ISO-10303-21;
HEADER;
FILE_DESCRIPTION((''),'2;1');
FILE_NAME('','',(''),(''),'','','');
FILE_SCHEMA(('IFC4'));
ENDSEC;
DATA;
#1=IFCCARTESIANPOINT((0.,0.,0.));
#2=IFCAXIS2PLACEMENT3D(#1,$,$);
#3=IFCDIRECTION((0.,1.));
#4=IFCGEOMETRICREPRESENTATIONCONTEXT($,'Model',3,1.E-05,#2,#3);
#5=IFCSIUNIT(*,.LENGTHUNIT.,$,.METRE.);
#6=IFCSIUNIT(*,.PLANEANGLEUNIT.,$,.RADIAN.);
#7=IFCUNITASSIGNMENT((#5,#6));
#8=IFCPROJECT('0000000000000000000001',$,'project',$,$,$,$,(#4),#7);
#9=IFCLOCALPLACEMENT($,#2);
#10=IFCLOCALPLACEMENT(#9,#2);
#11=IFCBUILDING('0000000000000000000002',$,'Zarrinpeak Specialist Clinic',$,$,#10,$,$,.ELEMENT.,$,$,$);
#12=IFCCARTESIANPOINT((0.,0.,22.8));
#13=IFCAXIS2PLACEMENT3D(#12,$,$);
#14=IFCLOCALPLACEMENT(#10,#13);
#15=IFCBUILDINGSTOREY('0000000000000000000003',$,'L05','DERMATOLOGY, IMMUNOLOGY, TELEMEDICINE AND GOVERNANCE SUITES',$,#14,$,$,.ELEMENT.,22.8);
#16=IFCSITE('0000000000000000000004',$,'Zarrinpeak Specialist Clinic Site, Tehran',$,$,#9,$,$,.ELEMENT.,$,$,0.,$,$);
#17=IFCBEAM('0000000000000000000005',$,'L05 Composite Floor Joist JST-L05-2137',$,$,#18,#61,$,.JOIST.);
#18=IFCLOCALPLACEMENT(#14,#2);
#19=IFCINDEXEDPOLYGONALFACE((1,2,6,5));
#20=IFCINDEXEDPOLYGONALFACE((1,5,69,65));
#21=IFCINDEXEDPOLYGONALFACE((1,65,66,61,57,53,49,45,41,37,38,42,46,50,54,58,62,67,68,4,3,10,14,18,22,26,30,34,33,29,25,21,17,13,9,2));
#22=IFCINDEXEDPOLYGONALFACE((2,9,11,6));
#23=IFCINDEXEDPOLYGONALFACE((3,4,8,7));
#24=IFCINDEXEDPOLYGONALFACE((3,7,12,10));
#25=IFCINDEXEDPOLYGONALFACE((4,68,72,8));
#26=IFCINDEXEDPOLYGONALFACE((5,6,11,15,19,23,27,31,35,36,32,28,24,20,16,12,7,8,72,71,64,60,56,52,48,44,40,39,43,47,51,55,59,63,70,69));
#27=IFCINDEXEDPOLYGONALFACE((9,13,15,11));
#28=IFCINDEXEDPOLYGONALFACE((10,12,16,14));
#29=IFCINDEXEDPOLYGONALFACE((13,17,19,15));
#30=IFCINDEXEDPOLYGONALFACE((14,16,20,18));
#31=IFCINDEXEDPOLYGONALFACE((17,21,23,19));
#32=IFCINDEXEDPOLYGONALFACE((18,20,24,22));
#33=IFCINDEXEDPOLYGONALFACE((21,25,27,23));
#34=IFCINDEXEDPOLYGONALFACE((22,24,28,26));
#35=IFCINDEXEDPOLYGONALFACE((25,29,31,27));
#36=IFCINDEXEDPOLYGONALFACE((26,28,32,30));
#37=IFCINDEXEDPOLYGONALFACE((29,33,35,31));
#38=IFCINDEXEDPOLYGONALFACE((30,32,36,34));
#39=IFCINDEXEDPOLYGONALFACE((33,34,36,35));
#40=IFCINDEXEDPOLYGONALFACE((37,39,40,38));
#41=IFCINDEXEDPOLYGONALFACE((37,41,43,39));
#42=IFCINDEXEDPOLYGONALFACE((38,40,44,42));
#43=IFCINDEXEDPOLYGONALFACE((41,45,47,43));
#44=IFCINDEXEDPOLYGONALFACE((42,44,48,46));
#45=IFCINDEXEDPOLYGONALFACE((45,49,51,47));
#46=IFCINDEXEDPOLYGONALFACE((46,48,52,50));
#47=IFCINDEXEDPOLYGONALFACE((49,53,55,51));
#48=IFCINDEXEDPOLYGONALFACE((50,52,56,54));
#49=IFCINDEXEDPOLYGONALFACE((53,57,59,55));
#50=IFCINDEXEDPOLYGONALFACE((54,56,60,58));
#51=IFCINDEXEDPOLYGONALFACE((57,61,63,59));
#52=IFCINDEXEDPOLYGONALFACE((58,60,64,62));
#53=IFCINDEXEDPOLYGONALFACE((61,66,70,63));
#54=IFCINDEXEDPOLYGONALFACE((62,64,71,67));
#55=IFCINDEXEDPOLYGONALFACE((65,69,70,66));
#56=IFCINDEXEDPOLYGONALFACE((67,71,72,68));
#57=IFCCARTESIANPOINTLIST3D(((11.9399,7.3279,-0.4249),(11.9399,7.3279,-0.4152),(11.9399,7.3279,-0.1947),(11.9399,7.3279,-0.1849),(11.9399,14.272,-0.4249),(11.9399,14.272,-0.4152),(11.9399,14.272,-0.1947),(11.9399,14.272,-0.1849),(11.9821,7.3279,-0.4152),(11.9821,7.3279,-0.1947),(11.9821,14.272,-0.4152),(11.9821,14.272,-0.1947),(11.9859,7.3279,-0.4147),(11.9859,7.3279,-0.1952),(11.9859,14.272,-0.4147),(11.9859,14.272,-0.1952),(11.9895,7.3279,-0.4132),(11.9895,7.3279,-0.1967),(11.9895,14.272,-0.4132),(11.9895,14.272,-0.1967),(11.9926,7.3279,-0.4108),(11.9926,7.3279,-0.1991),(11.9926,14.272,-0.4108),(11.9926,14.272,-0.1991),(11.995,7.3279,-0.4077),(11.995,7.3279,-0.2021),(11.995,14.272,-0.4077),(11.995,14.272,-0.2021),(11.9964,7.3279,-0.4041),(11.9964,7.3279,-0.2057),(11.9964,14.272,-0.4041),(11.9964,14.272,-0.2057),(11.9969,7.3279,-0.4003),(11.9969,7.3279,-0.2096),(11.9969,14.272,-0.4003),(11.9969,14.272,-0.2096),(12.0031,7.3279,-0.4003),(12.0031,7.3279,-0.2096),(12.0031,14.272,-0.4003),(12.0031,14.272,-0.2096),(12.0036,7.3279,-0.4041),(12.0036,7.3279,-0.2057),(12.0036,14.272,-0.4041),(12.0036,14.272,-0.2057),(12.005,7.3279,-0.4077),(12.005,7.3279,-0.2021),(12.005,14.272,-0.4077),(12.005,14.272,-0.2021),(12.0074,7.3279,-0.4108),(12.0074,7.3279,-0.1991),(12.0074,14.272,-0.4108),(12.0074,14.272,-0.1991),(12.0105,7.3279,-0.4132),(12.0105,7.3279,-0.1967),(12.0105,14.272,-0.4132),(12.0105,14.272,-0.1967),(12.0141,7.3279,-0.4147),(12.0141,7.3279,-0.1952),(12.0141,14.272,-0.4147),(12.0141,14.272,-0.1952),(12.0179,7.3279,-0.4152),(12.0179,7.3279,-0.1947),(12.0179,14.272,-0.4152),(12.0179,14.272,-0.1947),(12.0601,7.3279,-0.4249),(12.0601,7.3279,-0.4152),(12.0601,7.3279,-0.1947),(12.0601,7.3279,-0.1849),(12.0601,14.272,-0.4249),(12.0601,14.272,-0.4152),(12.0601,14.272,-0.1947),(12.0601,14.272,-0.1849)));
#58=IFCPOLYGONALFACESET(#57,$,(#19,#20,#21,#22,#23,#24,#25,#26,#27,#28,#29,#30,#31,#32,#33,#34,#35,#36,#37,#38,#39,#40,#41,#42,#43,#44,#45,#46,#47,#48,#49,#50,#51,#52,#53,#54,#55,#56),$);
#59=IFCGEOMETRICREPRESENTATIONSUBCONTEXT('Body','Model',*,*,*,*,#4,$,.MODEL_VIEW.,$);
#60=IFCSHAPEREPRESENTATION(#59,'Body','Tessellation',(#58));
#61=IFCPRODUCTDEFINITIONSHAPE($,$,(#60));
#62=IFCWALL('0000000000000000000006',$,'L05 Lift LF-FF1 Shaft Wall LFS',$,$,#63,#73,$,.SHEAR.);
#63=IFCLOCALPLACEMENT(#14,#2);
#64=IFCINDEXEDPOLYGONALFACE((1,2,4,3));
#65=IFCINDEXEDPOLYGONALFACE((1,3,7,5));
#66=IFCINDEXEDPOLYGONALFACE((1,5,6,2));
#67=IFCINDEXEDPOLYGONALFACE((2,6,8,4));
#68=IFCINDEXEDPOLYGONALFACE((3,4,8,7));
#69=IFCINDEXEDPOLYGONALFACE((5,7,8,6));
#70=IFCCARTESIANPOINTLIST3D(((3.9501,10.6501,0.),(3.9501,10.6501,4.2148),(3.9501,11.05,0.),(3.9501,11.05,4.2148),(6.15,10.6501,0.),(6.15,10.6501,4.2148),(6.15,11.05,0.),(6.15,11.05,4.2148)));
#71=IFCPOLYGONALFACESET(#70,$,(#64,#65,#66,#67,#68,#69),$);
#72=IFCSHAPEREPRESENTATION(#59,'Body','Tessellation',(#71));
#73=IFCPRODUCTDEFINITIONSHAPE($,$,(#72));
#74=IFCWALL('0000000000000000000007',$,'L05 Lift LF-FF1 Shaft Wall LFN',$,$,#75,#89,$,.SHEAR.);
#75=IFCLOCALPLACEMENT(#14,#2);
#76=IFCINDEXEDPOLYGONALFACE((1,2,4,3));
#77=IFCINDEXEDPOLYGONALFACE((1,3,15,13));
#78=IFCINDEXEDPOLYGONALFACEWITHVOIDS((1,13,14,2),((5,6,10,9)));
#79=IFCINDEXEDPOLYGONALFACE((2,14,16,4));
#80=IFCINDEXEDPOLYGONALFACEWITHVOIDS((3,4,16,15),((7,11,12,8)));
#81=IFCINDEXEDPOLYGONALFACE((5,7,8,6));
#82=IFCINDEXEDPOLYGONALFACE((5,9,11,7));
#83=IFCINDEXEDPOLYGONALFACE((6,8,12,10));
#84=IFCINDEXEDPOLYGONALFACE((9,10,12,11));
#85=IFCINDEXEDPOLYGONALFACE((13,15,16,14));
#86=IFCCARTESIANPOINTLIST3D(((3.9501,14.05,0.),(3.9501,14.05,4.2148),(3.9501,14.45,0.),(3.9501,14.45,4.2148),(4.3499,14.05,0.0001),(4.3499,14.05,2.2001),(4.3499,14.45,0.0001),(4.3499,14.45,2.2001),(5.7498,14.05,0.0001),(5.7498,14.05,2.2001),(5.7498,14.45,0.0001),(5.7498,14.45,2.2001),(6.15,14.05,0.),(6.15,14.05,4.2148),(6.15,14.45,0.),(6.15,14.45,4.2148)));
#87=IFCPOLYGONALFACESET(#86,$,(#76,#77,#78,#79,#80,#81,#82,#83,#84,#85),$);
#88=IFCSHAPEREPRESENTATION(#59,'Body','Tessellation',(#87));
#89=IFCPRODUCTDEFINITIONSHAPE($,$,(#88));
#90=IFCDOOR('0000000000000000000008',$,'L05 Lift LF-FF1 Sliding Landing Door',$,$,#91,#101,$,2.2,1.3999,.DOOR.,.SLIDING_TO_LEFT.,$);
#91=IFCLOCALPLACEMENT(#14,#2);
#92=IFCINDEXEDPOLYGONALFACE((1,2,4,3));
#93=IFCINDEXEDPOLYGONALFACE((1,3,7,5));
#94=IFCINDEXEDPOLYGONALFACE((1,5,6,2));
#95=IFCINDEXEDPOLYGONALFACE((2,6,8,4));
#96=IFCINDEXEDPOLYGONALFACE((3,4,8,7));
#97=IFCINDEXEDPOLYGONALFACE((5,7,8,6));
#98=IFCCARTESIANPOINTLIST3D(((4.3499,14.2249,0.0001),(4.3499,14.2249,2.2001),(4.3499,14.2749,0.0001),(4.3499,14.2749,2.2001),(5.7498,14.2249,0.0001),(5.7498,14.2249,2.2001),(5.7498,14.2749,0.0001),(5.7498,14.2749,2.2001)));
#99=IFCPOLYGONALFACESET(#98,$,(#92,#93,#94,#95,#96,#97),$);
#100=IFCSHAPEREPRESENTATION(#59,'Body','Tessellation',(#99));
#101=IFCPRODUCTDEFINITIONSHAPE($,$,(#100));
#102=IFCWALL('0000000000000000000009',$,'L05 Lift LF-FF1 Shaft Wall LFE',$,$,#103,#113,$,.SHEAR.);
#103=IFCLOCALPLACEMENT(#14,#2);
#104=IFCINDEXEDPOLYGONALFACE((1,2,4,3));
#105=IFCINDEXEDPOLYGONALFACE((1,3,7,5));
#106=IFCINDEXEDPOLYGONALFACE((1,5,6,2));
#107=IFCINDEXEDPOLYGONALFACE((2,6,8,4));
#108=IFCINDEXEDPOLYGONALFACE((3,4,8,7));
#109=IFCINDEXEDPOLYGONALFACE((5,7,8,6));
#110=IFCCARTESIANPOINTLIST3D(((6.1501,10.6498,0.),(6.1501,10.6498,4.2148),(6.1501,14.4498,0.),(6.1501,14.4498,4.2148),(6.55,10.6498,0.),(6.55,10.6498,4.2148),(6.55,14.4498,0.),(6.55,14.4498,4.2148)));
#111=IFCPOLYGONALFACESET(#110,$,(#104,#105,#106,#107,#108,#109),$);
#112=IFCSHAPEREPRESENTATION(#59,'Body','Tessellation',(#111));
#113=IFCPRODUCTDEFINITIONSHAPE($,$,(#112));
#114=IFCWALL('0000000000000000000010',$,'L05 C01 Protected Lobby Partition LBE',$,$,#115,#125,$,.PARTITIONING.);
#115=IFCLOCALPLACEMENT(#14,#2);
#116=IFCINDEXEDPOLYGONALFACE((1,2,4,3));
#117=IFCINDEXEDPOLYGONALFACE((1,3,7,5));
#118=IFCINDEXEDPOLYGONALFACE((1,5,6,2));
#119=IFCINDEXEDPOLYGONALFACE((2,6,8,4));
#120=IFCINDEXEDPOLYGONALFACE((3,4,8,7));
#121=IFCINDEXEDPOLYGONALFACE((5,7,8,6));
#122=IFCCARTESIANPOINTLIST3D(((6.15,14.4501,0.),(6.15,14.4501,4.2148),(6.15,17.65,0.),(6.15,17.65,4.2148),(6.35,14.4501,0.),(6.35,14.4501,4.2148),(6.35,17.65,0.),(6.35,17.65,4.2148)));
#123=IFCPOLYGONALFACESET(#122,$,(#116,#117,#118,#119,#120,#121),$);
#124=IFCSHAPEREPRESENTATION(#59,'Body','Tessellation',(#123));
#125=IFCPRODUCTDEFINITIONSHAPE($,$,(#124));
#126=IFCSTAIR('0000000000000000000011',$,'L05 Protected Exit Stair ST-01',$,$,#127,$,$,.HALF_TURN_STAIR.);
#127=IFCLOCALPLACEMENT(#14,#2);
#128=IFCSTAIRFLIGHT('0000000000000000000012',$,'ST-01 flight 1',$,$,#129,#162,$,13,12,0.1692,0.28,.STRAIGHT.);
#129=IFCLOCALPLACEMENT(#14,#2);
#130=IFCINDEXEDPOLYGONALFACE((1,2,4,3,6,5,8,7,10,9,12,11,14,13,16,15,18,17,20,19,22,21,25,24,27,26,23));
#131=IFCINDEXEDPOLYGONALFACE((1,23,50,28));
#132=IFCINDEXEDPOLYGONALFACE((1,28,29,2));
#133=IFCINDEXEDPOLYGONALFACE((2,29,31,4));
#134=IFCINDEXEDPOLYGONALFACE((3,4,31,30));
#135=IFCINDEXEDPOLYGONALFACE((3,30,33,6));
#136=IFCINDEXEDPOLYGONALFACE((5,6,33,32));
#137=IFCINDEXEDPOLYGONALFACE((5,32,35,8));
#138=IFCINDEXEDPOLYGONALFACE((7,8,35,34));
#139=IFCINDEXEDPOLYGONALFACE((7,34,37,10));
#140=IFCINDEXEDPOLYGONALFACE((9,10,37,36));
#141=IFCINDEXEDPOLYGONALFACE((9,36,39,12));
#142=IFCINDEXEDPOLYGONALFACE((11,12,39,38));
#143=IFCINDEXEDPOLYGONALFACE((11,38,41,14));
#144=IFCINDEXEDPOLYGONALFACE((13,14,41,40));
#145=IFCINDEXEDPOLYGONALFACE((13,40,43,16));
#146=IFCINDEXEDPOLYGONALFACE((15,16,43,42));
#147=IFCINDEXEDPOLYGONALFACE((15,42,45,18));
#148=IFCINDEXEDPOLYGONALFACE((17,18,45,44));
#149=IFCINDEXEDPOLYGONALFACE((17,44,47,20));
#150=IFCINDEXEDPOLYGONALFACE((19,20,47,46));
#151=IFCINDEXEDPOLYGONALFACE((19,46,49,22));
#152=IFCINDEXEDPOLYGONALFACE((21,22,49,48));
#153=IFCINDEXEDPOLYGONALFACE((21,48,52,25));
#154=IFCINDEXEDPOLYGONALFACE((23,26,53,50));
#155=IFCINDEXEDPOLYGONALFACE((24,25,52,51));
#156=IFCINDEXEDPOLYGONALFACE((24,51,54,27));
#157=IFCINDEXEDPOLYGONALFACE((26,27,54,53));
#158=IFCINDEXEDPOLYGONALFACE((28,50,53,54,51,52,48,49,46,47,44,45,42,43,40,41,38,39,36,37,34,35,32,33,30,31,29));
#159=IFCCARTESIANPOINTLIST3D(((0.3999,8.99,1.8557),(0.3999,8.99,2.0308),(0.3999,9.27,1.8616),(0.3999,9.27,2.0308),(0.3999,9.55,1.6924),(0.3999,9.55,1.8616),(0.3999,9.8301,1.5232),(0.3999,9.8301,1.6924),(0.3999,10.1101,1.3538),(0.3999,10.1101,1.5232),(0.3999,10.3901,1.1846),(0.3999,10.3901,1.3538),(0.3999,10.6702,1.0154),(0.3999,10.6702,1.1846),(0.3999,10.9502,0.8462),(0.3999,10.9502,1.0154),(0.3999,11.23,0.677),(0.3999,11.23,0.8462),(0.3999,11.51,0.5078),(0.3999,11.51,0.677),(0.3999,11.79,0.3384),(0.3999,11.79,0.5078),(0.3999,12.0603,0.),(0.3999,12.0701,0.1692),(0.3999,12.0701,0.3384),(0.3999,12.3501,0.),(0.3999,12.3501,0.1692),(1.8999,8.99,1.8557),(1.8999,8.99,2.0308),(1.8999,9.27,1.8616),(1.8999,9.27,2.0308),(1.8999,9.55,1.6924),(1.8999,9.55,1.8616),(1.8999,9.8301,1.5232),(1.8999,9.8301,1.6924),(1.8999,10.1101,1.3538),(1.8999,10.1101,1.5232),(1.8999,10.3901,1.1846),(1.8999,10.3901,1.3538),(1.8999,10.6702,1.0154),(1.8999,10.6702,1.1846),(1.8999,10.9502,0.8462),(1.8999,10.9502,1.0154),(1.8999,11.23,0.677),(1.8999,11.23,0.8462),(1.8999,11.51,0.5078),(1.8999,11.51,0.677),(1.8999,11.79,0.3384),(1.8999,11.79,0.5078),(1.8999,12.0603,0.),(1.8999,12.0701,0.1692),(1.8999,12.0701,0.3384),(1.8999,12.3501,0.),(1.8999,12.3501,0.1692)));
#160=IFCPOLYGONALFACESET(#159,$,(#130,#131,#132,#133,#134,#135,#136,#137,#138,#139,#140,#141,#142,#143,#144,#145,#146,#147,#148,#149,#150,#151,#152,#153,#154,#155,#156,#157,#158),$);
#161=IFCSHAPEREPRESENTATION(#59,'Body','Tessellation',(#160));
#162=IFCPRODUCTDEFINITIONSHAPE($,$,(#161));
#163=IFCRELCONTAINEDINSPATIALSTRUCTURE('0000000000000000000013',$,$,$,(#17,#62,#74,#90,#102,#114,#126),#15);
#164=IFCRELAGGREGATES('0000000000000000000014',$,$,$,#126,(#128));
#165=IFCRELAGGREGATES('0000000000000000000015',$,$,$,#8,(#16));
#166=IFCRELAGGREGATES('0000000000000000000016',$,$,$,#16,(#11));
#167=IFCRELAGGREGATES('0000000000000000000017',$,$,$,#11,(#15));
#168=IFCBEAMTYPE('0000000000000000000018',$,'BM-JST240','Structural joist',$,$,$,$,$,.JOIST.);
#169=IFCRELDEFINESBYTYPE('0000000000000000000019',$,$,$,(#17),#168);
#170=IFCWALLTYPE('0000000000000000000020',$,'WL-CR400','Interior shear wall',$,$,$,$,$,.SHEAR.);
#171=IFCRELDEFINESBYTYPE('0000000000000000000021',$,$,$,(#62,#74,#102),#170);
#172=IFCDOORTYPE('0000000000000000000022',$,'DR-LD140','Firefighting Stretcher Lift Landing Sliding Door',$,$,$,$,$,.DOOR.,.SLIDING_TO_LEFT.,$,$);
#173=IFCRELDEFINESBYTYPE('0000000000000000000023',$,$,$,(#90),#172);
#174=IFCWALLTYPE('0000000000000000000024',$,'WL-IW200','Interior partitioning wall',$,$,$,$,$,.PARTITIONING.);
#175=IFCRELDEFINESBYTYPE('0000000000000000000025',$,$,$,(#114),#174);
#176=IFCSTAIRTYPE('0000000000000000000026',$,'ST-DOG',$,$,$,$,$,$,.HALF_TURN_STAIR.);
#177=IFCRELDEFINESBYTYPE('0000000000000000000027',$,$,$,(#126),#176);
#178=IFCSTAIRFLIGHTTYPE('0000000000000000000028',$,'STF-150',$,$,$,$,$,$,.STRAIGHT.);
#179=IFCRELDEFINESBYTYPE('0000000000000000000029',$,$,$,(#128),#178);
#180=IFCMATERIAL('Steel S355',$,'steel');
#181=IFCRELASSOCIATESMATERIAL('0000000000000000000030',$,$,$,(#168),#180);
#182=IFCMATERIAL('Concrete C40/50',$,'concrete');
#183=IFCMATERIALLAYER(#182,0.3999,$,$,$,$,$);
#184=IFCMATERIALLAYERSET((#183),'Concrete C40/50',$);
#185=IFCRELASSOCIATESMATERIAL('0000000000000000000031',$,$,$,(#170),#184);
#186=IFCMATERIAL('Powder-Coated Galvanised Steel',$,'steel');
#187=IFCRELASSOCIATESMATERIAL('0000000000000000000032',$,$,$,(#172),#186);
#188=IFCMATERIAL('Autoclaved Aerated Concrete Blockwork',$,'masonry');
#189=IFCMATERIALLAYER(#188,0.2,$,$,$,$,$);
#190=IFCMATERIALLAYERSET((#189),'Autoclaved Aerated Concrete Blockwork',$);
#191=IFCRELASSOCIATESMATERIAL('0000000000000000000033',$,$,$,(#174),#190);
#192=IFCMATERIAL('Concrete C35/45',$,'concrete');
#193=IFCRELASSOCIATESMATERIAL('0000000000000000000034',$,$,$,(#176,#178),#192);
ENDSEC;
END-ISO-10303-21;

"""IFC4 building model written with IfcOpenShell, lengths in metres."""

from ifc_helpers import new_model, si_unit, direction, frame, frame_2d, origin, origin_2d, place, context, subcontext, project, spatial, polyline, rectangle, i_section, outline, extrude, material, layer, layer_set, material_profile, profile_set, type_object, element, fill, aggregate, save


model = new_model("IFC4")

# Units and contexts
model_context = context("Model", 3, precision=1e-05, world=origin(), true_north=direction((0.0, 1.0)))
body_context = subcontext(model_context, "Body", "Model", "MODEL_VIEW")
ifc_project = project(units=[si_unit("LENGTHUNIT", "METRE"), si_unit("PLANEANGLEUNIT", "RADIAN")], contexts=[model_context])

# Site, building, storey
site_placement = place(None, origin())
site = spatial("IfcSite", under=ifc_project, at=site_placement, Name="Zarrinpeak Specialist Clinic Site, Tehran", CompositionType="ELEMENT", RefElevation=0.0)
building_placement = place(site_placement, origin())
building = spatial("IfcBuilding", under=site, at=building_placement, Name="Zarrinpeak Specialist Clinic", CompositionType="ELEMENT")
storey_placement = place(building_placement, frame((0.0, 0.0, 22.8)))
storey = spatial("IfcBuildingStorey", under=building, at=storey_placement, Name="L05", Description="DERMATOLOGY, IMMUNOLOGY, TELEMEDICINE AND GOVERNANCE SUITES", CompositionType="ELEMENT", Elevation=22.8)

# Shared definitions
ifc_material_1 = material(Name="Steel S355", Category="steel")

# Beam
ifc_material_profile_1 = material_profile(ifc_material_1, i_section(OverallWidth=0.1201, OverallDepth=0.24, WebThickness=0.0061, FlangeThickness=0.0098, FilletRadius=0.0149, at=origin_2d()), Name="IPE 240")
ifc_profile_set_1 = profile_set([ifc_material_profile_1], Name="Steel S355")
beam_type_1 = type_object("IfcBeamType", Name="BM-JST240", Description="Structural joist", PredefinedType="JOIST", material=ifc_profile_set_1)
for number, where, z_axis, x_axis, name in (
    (1, (12.0, 7.3279, -0.3049), (0.0, 1.0, 0.0), (-1.0, 0.0, 0.0), "L05 Composite Floor Joist JST-L05-2137"),
):
    element("IfcBeam", number, at=place(storey_placement, frame(where, z_axis=z_axis, x_axis=x_axis)), inside=storey, type_object=beam_type_1, Name=name, PredefinedType="JOIST", context=body_context, shape_type="SweptSolid", body=[
        extrude(i_section(OverallWidth=0.1201, OverallDepth=0.24, WebThickness=0.0061, FlangeThickness=0.0098, FilletRadius=0.0149, at=origin_2d()), origin(), (0.0, 0.0, 1.0), 6.9441),
    ])

# Shared definitions
ifc_material_2 = material(Name="Concrete C40/50", Category="concrete")
ifc_layer_1 = layer(ifc_material_2, 0.3999)
ifc_layer_set_1 = layer_set([ifc_layer_1], Name="Concrete C40/50")
wall_type_1 = type_object("IfcWallType", Name="WL-CR400", Description="Interior shear wall", PredefinedType="SHEAR", material=ifc_layer_set_1)
ifc_material_3 = material(Name="Powder-Coated Galvanised Steel", Category="steel")

# Wall
wall_1_placement = place(storey_placement, frame((3.95, 10.8501, 0.0), z_axis=(0.0, 0.0, 1.0), x_axis=(1.0, 0.0, 0.0)))
element("IfcWall", 2, at=wall_1_placement, inside=storey, type_object=wall_type_1, Name="L05 Lift LF-FF1 Shaft Wall LFS", PredefinedType="SHEAR", context=body_context, shape_type="SweptSolid", body=[
    extrude(rectangle(XDim=2.2, YDim=0.3999, at=frame_2d((1.1001, 0.0))), origin(), (0.0, 0.0, 1.0), 4.2148),
])

# Wall, opening, door
wall_2_placement = place(storey_placement, frame((3.95, 14.25, 0.0), z_axis=(0.0, 0.0, 1.0), x_axis=(1.0, 0.0, 0.0)))
wall_2 = element("IfcWall", 3, at=wall_2_placement, inside=storey, type_object=wall_type_1, Name="L05 Lift LF-FF1 Shaft Wall LFN", PredefinedType="SHEAR", context=body_context, shape_type="SweptSolid", body=[
    extrude(rectangle(XDim=2.2, YDim=0.3999, at=frame_2d((1.1001, 0.0))), origin(), (0.0, 0.0, 1.0), 4.2148),
])
opening_1_placement = place(wall_2_placement, frame((0.3999, 0.0, 0.0)))
opening_1 = element("IfcOpeningElement", 4, at=opening_1_placement, cuts=wall_2, PredefinedType="OPENING", context=body_context, shape_type="SweptSolid", body=[
    extrude(rectangle(XDim=1.3999, YDim=2.2, at=frame_2d((0.7, 1.1001))), frame((0.0, 0.21, 0.0), z_axis=(0.0, -1.0, 0.0), x_axis=(1.0, 0.0, 0.0)), (0.0, 0.0, 1.0), 0.4199),
])
door_type_1 = type_object("IfcDoorType", Name="DR-LD140", Description="Firefighting Stretcher Lift Landing Sliding Door", OperationType="SLIDING_TO_LEFT", PredefinedType="DOOR", material=ifc_material_3)
door_1_placement = place(opening_1_placement, origin())
door_1 = element("IfcDoor", 5, at=door_1_placement, inside=storey, type_object=door_type_1, Name="L05 Lift LF-FF1 Sliding Landing Door", OperationType="SLIDING_TO_LEFT", OverallHeight=2.2, OverallWidth=1.3999, PredefinedType="DOOR", context=body_context, shape_type="SweptSolid", body=[
    extrude(rectangle(XDim=1.3999, YDim=2.2, at=frame_2d((0.7, 1.1001))), frame((0.0, 0.0249, 0.0), z_axis=(0.0, -1.0, 0.0), x_axis=(1.0, 0.0, 0.0)), (0.0, 0.0, 1.0), 0.05),
])
fill(opening_1, door_1)

# Walls
wall_3_placement = place(storey_placement, frame((6.3501, 10.6499, 0.0), z_axis=(0.0, 0.0, 1.0), x_axis=(0.0, 1.0, 0.0)))
element("IfcWall", 6, at=wall_3_placement, inside=storey, type_object=wall_type_1, Name="L05 Lift LF-FF1 Shaft Wall LFE", PredefinedType="SHEAR", context=body_context, shape_type="SweptSolid", body=[
    extrude(rectangle(XDim=3.8, YDim=0.3999, at=frame_2d((1.8999, 0.0))), origin(), (0.0, 0.0, 1.0), 4.2148),
])
ifc_material_4 = material(Name="Autoclaved Aerated Concrete Blockwork", Category="masonry")
ifc_layer_2 = layer(ifc_material_4, 0.2)
ifc_layer_set_2 = layer_set([ifc_layer_2], Name="Autoclaved Aerated Concrete Blockwork")
wall_type_2 = type_object("IfcWallType", Name="WL-IW200", Description="Interior partitioning wall", PredefinedType="PARTITIONING", material=ifc_layer_set_2)
wall_4_placement = place(storey_placement, frame((6.25, 14.45, 0.0), z_axis=(0.0, 0.0, 1.0), x_axis=(0.0, 1.0, 0.0)))
element("IfcWall", 7, at=wall_4_placement, inside=storey, type_object=wall_type_2, Name="L05 C01 Protected Lobby Partition LBE", PredefinedType="PARTITIONING", context=body_context, shape_type="SweptSolid", body=[
    extrude(rectangle(XDim=3.2, YDim=0.2, at=frame_2d((1.6001, 0.0))), origin(), (0.0, 0.0, 1.0), 4.2148),
])

# Stair, stair flight
ifc_material_5 = material(Name="Concrete C35/45", Category="concrete")
stair_type = type_object("IfcStairType", Name="ST-DOG", PredefinedType="HALF_TURN_STAIR", material=ifc_material_5)
stair_placement = place(storey_placement, origin())
stair = element("IfcStair", 8, at=stair_placement, inside=storey, type_object=stair_type, Name="L05 Protected Exit Stair ST-01", PredefinedType="HALF_TURN_STAIR")
stair_flight_type = type_object("IfcStairFlightType", Name="STF-150", PredefinedType="STRAIGHT", material=ifc_material_5)
stair_flight_1_placement = place(storey_placement, frame((1.1499, 12.3501, 0.0), z_axis=(0.0, 0.0, 1.0), x_axis=(0.0, -1.0, 0.0)))
stair_flight_1 = element("IfcStairFlight", 9, at=stair_flight_1_placement, type_object=stair_flight_type, Name="ST-01 flight 1", NumberOfRisers=13, NumberOfTreads=12, PredefinedType="STRAIGHT", RiserHeight=0.1692, TreadLength=0.28, context=body_context, shape_type="SweptSolid", body=[
    extrude(outline(polyline([(0.0, 0.0), (0.0, 0.1692), (0.28, 0.1692), (0.28, 0.3384), (0.5601, 0.3384), (0.5601, 0.5078), (0.8401, 0.5078), (0.8401, 0.677), (1.1201, 0.677), (1.1201, 0.8462), (1.3999, 0.8462), (1.3999, 1.0154), (1.6799, 1.0154), (1.6799, 1.1846), (1.96, 1.1846), (1.96, 1.3538), (2.24, 1.3538), (2.24, 1.5232), (2.52, 1.5232), (2.52, 1.6924), (2.8, 1.6924), (2.8, 1.8616), (3.0801, 1.8616), (3.0801, 2.0308), (3.3601, 2.0308), (3.3601, 2.2), (3.3601, 1.8557), (0.2898, 0.0), (0.0, 0.0)])), frame((0.0, 0.75, 0.0), z_axis=(0.0, -1.0, 0.0), x_axis=(1.0, 0.0, 0.0)), (0.0, 0.0, 1.0), 1.5),
])
aggregate(stair, [stair_flight_1])

save(model, "model.ifc")
